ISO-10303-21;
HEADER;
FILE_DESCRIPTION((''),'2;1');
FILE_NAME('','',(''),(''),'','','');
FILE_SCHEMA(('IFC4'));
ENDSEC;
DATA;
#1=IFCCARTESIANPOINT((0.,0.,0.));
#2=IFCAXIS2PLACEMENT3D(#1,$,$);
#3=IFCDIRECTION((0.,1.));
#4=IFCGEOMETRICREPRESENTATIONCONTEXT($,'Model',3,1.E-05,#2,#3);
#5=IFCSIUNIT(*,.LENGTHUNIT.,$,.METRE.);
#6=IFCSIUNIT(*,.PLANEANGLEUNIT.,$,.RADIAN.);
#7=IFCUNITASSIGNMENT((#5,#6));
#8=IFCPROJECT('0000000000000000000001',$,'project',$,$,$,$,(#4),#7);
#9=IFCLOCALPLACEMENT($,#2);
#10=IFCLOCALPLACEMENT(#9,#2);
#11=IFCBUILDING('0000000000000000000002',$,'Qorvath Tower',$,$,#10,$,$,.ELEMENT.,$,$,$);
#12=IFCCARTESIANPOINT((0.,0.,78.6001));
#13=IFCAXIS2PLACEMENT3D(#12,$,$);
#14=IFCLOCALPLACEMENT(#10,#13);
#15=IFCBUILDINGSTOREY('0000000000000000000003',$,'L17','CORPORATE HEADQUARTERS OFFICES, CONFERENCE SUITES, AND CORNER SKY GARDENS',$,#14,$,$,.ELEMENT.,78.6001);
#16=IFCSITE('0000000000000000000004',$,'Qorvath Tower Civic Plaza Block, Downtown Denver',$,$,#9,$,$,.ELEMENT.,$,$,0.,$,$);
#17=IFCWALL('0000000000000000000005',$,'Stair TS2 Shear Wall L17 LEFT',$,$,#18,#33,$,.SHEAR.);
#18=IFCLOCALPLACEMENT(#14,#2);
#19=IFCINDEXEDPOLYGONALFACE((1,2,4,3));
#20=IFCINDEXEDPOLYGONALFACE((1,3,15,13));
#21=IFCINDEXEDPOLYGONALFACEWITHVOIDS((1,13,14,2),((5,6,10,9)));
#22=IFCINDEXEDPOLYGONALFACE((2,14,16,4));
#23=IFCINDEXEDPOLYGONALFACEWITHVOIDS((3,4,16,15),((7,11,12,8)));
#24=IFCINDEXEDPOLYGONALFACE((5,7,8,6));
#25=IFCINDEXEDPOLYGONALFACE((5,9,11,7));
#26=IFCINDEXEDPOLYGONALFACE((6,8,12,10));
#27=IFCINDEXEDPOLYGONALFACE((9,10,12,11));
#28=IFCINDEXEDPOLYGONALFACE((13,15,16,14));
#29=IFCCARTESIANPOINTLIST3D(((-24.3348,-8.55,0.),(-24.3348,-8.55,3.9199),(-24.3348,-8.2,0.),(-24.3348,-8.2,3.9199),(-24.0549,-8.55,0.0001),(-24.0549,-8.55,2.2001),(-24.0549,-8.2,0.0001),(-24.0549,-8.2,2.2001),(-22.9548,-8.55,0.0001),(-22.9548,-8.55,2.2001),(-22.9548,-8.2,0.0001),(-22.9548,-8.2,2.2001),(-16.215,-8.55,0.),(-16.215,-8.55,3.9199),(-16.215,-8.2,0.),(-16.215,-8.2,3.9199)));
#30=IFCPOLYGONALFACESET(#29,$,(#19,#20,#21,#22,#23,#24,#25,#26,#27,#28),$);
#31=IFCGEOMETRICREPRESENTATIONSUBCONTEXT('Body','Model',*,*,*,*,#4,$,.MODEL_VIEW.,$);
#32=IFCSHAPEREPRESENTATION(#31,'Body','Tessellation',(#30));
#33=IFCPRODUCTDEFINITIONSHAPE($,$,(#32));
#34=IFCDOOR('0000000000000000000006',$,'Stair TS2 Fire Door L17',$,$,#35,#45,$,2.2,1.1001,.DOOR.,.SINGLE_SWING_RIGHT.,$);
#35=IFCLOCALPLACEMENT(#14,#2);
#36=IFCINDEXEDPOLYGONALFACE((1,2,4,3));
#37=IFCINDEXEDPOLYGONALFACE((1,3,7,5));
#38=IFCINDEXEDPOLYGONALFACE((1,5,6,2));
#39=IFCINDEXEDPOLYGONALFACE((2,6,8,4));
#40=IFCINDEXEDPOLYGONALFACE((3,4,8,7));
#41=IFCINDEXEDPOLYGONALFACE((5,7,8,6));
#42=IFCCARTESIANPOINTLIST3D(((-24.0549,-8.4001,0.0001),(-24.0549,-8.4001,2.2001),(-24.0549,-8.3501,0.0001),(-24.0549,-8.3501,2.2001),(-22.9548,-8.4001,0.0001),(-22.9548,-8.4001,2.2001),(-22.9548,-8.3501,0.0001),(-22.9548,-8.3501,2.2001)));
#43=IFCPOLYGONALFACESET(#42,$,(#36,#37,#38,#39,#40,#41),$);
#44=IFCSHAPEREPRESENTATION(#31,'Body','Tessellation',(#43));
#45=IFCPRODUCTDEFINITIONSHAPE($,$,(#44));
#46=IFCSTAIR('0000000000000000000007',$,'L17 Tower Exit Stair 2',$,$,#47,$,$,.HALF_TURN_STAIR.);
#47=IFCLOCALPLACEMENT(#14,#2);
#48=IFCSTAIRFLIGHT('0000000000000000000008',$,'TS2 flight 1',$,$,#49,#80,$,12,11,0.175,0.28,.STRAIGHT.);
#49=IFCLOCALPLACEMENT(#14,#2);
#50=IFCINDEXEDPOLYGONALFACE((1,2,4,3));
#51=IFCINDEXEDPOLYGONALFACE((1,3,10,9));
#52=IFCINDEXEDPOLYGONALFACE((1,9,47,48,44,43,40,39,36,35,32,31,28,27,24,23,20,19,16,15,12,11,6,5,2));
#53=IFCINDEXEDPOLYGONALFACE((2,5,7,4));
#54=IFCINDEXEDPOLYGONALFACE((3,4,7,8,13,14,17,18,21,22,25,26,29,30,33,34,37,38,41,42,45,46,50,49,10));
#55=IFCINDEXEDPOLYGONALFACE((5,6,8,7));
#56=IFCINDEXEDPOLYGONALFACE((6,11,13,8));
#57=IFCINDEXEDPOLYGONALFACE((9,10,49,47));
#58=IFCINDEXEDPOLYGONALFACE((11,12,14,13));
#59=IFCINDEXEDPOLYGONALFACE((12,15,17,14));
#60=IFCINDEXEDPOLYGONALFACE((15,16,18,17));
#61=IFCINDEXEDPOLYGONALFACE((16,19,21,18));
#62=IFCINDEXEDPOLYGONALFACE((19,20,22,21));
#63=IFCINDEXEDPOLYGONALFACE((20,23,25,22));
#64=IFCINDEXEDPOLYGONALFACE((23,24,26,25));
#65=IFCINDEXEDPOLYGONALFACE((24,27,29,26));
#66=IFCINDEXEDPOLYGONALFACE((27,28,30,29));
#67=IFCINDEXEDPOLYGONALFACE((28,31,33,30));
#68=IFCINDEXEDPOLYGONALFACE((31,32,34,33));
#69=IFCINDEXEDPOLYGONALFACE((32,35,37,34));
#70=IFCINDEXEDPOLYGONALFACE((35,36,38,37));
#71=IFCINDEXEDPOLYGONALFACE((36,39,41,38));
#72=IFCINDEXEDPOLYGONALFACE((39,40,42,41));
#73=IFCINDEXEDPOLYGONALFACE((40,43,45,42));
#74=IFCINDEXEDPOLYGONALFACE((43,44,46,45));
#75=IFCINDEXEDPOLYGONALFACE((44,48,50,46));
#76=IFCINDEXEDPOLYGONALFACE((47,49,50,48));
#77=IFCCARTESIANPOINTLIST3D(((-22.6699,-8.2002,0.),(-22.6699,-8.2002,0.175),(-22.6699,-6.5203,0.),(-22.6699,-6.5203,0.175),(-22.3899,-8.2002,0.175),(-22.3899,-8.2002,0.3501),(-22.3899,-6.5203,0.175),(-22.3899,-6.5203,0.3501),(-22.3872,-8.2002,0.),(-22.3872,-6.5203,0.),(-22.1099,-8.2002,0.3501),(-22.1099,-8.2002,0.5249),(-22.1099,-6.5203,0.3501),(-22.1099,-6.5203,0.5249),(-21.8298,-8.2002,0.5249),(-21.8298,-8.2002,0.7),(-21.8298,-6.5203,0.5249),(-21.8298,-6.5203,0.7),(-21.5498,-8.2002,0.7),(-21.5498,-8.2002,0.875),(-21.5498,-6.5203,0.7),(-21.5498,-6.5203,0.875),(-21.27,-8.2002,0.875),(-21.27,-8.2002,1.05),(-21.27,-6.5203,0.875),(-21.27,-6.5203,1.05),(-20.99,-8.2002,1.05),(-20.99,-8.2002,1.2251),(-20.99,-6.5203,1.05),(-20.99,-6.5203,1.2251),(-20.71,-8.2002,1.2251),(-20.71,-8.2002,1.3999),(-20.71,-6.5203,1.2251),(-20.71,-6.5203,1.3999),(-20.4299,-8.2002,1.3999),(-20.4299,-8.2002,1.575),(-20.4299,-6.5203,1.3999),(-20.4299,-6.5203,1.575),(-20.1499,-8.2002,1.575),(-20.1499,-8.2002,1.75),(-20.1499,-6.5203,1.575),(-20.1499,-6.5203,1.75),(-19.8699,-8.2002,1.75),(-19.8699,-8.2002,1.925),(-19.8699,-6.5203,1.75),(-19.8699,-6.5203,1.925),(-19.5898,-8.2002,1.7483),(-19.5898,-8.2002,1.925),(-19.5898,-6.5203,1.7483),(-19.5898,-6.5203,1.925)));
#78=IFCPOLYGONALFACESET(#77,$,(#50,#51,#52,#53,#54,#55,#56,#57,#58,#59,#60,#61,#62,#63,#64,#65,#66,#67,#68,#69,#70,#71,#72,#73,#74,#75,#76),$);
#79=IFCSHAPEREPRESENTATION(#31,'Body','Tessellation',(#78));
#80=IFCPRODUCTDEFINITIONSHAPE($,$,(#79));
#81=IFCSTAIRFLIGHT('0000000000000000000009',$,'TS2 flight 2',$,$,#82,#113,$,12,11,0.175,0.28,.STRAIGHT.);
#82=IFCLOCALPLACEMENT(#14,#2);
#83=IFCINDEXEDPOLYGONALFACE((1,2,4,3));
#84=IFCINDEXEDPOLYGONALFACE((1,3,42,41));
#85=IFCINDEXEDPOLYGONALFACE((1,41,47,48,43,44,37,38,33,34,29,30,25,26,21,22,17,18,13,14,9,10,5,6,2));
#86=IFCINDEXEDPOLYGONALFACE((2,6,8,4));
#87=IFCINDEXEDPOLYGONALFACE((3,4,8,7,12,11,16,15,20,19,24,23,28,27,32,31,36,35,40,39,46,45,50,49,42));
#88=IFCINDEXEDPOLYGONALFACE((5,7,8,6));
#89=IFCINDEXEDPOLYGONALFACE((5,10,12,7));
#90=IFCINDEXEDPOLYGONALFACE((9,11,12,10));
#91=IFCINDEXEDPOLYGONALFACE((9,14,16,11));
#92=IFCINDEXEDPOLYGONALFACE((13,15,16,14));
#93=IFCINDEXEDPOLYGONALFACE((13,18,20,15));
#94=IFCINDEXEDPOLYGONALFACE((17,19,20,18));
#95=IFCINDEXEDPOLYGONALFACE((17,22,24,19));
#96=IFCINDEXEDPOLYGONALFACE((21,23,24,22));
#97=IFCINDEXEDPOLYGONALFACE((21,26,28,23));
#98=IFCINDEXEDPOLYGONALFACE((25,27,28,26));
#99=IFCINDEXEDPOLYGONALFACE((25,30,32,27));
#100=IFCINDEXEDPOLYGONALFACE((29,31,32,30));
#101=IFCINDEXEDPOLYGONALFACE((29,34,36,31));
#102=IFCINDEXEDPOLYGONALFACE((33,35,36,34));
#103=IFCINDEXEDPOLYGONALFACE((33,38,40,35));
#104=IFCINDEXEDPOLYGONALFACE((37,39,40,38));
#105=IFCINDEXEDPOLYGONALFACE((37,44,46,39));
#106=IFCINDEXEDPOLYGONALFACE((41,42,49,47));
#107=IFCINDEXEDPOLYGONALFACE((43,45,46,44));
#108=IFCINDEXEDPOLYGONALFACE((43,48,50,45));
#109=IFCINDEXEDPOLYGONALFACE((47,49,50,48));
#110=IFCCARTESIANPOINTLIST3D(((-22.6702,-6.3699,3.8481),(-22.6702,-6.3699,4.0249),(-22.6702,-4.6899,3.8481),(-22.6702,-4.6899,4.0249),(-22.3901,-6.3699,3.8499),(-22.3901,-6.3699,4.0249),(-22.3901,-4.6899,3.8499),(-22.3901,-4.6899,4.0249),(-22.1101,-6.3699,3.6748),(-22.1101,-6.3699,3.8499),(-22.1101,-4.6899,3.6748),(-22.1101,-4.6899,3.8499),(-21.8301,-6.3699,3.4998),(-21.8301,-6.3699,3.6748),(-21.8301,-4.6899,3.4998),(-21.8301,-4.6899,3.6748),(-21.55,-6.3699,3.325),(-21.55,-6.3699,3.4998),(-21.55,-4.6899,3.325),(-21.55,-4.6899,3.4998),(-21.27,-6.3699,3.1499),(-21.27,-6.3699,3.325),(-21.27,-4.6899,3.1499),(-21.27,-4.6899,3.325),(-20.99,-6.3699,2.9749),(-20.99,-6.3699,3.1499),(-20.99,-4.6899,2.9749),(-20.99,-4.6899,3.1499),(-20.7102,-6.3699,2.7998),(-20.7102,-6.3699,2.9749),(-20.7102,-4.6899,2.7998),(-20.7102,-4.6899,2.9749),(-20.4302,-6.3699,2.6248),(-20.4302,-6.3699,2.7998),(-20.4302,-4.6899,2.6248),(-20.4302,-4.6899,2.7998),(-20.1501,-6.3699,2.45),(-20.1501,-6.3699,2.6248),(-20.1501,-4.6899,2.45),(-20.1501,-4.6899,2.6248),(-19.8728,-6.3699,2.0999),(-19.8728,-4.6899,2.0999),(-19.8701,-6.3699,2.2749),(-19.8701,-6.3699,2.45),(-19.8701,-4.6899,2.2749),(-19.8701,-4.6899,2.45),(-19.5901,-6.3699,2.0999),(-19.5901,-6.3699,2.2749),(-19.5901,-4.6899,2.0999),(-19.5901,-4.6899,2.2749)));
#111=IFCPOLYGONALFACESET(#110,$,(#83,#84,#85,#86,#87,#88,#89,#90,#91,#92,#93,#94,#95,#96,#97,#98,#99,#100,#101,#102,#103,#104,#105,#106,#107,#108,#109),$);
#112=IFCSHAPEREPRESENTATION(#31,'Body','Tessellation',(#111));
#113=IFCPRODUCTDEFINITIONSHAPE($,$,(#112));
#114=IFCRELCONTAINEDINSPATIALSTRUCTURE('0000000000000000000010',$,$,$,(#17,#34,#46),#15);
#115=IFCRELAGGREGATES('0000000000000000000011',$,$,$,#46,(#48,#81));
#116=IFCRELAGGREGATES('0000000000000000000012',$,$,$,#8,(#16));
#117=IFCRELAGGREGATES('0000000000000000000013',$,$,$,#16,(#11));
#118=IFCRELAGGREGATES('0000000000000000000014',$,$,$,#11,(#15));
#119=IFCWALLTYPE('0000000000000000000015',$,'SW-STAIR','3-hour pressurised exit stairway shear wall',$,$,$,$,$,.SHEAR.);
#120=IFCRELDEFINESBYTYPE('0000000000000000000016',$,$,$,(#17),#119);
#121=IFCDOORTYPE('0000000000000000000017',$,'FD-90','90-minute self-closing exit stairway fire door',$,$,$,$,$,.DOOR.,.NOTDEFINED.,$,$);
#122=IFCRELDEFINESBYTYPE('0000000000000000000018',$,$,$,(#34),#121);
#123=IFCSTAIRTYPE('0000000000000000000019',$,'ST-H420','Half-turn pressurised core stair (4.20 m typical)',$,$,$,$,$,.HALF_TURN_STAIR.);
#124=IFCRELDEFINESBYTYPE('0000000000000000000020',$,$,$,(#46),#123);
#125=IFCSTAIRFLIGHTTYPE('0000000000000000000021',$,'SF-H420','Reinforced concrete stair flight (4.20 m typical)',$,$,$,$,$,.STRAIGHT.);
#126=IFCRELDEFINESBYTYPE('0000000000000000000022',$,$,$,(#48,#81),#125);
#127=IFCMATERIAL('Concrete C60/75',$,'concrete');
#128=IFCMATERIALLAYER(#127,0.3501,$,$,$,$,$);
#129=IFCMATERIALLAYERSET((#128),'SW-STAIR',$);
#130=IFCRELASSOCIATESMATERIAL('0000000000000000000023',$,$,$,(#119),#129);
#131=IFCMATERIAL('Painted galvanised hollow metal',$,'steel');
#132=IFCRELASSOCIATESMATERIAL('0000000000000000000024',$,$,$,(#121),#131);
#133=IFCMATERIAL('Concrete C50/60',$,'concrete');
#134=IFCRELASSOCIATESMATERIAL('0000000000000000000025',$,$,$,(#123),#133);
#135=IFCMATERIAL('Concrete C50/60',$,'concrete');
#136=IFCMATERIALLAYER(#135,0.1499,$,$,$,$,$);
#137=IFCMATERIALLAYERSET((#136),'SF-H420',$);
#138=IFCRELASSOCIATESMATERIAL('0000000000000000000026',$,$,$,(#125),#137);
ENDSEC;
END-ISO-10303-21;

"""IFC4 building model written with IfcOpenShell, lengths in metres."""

from ifc_helpers import new_model, si_unit, direction, frame, frame_2d, origin, place, context, subcontext, project, spatial, polyline, rectangle, outline, extrude, material, layer, layer_set, type_object, element, fill, aggregate, save


model = new_model("IFC4")

# Units and contexts
model_context = context("Model", 3, precision=1e-05, world=origin(), true_north=direction((0.0, 1.0)))
body_context = subcontext(model_context, "Body", "Model", "MODEL_VIEW")
ifc_project = project(units=[si_unit("LENGTHUNIT", "METRE"), si_unit("PLANEANGLEUNIT", "RADIAN")], contexts=[model_context])

# Site, building, storey
site_placement = place(None, origin())
site = spatial("IfcSite", under=ifc_project, at=site_placement, Name="Qorvath Tower Civic Plaza Block, Downtown Denver", CompositionType="ELEMENT", RefElevation=0.0)
building_placement = place(site_placement, origin())
building = spatial("IfcBuilding", under=site, at=building_placement, Name="Qorvath Tower", CompositionType="ELEMENT")
storey_placement = place(building_placement, frame((0.0, 0.0, 78.6001)))
storey = spatial("IfcBuildingStorey", under=building, at=storey_placement, Name="L17", Description="CORPORATE HEADQUARTERS OFFICES, CONFERENCE SUITES, AND CORNER SKY GARDENS", CompositionType="ELEMENT", Elevation=78.6001)

# Shared definitions
ifc_material_1 = material(Name="Concrete C60/75", Category="concrete")
ifc_layer_1 = layer(ifc_material_1, 0.3501)
ifc_layer_set_1 = layer_set([ifc_layer_1], Name="SW-STAIR")
wall_type_1 = type_object("IfcWallType", Name="SW-STAIR", Description="3-hour pressurised exit stairway shear wall", PredefinedType="SHEAR", material=ifc_layer_set_1)

# Wall, opening, door
wall_1_placement = place(storey_placement, frame((-24.335, -8.375, 0.0), z_axis=(0.0, 0.0, 1.0), x_axis=(1.0, 0.0, 0.0)))
wall_1 = element("IfcWall", 1, at=wall_1_placement, inside=storey, type_object=wall_type_1, Name="Stair TS2 Shear Wall L17 LEFT", PredefinedType="SHEAR", context=body_context, shape_type="SweptSolid", body=[
    extrude(rectangle(XDim=8.1199, YDim=0.3501, at=frame_2d((4.0601, 0.0))), origin(), (0.0, 0.0, 1.0), 3.9199),
])
opening_1_placement = place(wall_1_placement, frame((0.28, 0.0, 0.0)))
opening_1 = element("IfcOpeningElement", 2, at=opening_1_placement, cuts=wall_1, PredefinedType="OPENING", context=body_context, shape_type="SweptSolid", body=[
    extrude(rectangle(XDim=1.1001, YDim=2.2, at=frame_2d((0.55, 1.1001))), frame((0.0, 0.1851, 0.0), z_axis=(0.0, -1.0, 0.0), x_axis=(1.0, 0.0, 0.0)), (0.0, 0.0, 1.0), 0.3701),
])
ifc_material_2 = material(Name="Painted galvanised hollow metal", Category="steel")
door_type_1 = type_object("IfcDoorType", Name="FD-90", Description="90-minute self-closing exit stairway fire door", OperationType="NOTDEFINED", PredefinedType="DOOR", material=ifc_material_2)
door_1_placement = place(opening_1_placement, origin())
door_1 = element("IfcDoor", 3, at=door_1_placement, inside=storey, type_object=door_type_1, Name="Stair TS2 Fire Door L17", OperationType="SINGLE_SWING_RIGHT", OverallHeight=2.2, OverallWidth=1.1001, PredefinedType="DOOR", context=body_context, shape_type="SweptSolid", body=[
    extrude(rectangle(XDim=1.1001, YDim=2.2, at=frame_2d((0.55, 1.1001))), frame((0.0, 0.0249, 0.0), z_axis=(0.0, -1.0, 0.0), x_axis=(1.0, 0.0, 0.0)), (0.0, 0.0, 1.0), 0.05),
])
fill(opening_1, door_1)

# Stair, stair flights
ifc_material_3 = material(Name="Concrete C50/60", Category="concrete")
stair_type = type_object("IfcStairType", Name="ST-H420", Description="Half-turn pressurised core stair (4.20 m typical)", PredefinedType="HALF_TURN_STAIR", material=ifc_material_3)
stair_placement = place(storey_placement, origin())
stair = element("IfcStair", 4, at=stair_placement, inside=storey, type_object=stair_type, Name="L17 Tower Exit Stair 2", PredefinedType="HALF_TURN_STAIR")
ifc_material_4 = material(Name="Concrete C50/60", Category="concrete")
ifc_layer_2 = layer(ifc_material_4, 0.1499)
ifc_layer_set_2 = layer_set([ifc_layer_2], Name="SF-H420")
stair_flight_type = type_object("IfcStairFlightType", Name="SF-H420", Description="Reinforced concrete stair flight (4.20 m typical)", PredefinedType="STRAIGHT", material=ifc_layer_set_2)
stair_flight_1_placement = place(storey_placement, frame((-22.6699, -7.3601, 0.0), z_axis=(0.0, 0.0, 1.0), x_axis=(1.0, 0.0, 0.0)))
stair_flight_1 = element("IfcStairFlight", 5, at=stair_flight_1_placement, type_object=stair_flight_type, Name="TS2 flight 1", NumberOfRisers=12, NumberOfTreads=11, PredefinedType="STRAIGHT", RiserHeight=0.175, TreadLength=0.28, context=body_context, shape_type="SweptSolid", body=[
    extrude(outline(polyline([(0.0, 0.0), (0.0, 0.175), (0.28, 0.175), (0.28, 0.3501), (0.5601, 0.3501), (0.5601, 0.5249), (0.8401, 0.5249), (0.8401, 0.7), (1.1201, 0.7), (1.1201, 0.875), (1.3999, 0.875), (1.3999, 1.05), (1.6799, 1.05), (1.6799, 1.2251), (1.96, 1.2251), (1.96, 1.3999), (2.24, 1.3999), (2.24, 1.575), (2.52, 1.575), (2.52, 1.75), (2.8, 1.75), (2.8, 1.925), (3.0801, 1.925), (3.0801, 2.1001), (3.0801, 1.7483), (0.2827, 0.0), (0.0, 0.0)])), frame((0.0, 0.8398, 0.0), z_axis=(0.0, -1.0, 0.0), x_axis=(1.0, 0.0, 0.0)), (0.0, 0.0, 1.0), 1.6799),
])
stair_flight_2_placement = place(storey_placement, frame((-19.5901, -5.53, 2.0999), z_axis=(0.0, 0.0, 1.0), x_axis=(-1.0, 0.0, 0.0)))
stair_flight_2 = element("IfcStairFlight", 6, at=stair_flight_2_placement, type_object=stair_flight_type, Name="TS2 flight 2", NumberOfRisers=12, NumberOfTreads=11, PredefinedType="STRAIGHT", RiserHeight=0.175, TreadLength=0.28, context=body_context, shape_type="SweptSolid", body=[
    extrude(outline(polyline([(0.0, 0.0), (0.0, 0.175), (0.28, 0.175), (0.28, 0.3501), (0.5601, 0.3501), (0.5601, 0.5249), (0.8401, 0.5249), (0.8401, 0.7), (1.1201, 0.7), (1.1201, 0.875), (1.3999, 0.875), (1.3999, 1.05), (1.6799, 1.05), (1.6799, 1.2251), (1.96, 1.2251), (1.96, 1.3999), (2.24, 1.3999), (2.24, 1.575), (2.52, 1.575), (2.52, 1.75), (2.8, 1.75), (2.8, 1.925), (3.0801, 1.925), (3.0801, 2.1001), (3.0801, 1.7483), (0.2827, 0.0), (0.0, 0.0)])), frame((0.0, 0.8398, 0.0), z_axis=(0.0, -1.0, 0.0), x_axis=(1.0, 0.0, 0.0)), (0.0, 0.0, 1.0), 1.6799),
])
aggregate(stair, [stair_flight_1, stair_flight_2])

save(model, "model.ifc")
